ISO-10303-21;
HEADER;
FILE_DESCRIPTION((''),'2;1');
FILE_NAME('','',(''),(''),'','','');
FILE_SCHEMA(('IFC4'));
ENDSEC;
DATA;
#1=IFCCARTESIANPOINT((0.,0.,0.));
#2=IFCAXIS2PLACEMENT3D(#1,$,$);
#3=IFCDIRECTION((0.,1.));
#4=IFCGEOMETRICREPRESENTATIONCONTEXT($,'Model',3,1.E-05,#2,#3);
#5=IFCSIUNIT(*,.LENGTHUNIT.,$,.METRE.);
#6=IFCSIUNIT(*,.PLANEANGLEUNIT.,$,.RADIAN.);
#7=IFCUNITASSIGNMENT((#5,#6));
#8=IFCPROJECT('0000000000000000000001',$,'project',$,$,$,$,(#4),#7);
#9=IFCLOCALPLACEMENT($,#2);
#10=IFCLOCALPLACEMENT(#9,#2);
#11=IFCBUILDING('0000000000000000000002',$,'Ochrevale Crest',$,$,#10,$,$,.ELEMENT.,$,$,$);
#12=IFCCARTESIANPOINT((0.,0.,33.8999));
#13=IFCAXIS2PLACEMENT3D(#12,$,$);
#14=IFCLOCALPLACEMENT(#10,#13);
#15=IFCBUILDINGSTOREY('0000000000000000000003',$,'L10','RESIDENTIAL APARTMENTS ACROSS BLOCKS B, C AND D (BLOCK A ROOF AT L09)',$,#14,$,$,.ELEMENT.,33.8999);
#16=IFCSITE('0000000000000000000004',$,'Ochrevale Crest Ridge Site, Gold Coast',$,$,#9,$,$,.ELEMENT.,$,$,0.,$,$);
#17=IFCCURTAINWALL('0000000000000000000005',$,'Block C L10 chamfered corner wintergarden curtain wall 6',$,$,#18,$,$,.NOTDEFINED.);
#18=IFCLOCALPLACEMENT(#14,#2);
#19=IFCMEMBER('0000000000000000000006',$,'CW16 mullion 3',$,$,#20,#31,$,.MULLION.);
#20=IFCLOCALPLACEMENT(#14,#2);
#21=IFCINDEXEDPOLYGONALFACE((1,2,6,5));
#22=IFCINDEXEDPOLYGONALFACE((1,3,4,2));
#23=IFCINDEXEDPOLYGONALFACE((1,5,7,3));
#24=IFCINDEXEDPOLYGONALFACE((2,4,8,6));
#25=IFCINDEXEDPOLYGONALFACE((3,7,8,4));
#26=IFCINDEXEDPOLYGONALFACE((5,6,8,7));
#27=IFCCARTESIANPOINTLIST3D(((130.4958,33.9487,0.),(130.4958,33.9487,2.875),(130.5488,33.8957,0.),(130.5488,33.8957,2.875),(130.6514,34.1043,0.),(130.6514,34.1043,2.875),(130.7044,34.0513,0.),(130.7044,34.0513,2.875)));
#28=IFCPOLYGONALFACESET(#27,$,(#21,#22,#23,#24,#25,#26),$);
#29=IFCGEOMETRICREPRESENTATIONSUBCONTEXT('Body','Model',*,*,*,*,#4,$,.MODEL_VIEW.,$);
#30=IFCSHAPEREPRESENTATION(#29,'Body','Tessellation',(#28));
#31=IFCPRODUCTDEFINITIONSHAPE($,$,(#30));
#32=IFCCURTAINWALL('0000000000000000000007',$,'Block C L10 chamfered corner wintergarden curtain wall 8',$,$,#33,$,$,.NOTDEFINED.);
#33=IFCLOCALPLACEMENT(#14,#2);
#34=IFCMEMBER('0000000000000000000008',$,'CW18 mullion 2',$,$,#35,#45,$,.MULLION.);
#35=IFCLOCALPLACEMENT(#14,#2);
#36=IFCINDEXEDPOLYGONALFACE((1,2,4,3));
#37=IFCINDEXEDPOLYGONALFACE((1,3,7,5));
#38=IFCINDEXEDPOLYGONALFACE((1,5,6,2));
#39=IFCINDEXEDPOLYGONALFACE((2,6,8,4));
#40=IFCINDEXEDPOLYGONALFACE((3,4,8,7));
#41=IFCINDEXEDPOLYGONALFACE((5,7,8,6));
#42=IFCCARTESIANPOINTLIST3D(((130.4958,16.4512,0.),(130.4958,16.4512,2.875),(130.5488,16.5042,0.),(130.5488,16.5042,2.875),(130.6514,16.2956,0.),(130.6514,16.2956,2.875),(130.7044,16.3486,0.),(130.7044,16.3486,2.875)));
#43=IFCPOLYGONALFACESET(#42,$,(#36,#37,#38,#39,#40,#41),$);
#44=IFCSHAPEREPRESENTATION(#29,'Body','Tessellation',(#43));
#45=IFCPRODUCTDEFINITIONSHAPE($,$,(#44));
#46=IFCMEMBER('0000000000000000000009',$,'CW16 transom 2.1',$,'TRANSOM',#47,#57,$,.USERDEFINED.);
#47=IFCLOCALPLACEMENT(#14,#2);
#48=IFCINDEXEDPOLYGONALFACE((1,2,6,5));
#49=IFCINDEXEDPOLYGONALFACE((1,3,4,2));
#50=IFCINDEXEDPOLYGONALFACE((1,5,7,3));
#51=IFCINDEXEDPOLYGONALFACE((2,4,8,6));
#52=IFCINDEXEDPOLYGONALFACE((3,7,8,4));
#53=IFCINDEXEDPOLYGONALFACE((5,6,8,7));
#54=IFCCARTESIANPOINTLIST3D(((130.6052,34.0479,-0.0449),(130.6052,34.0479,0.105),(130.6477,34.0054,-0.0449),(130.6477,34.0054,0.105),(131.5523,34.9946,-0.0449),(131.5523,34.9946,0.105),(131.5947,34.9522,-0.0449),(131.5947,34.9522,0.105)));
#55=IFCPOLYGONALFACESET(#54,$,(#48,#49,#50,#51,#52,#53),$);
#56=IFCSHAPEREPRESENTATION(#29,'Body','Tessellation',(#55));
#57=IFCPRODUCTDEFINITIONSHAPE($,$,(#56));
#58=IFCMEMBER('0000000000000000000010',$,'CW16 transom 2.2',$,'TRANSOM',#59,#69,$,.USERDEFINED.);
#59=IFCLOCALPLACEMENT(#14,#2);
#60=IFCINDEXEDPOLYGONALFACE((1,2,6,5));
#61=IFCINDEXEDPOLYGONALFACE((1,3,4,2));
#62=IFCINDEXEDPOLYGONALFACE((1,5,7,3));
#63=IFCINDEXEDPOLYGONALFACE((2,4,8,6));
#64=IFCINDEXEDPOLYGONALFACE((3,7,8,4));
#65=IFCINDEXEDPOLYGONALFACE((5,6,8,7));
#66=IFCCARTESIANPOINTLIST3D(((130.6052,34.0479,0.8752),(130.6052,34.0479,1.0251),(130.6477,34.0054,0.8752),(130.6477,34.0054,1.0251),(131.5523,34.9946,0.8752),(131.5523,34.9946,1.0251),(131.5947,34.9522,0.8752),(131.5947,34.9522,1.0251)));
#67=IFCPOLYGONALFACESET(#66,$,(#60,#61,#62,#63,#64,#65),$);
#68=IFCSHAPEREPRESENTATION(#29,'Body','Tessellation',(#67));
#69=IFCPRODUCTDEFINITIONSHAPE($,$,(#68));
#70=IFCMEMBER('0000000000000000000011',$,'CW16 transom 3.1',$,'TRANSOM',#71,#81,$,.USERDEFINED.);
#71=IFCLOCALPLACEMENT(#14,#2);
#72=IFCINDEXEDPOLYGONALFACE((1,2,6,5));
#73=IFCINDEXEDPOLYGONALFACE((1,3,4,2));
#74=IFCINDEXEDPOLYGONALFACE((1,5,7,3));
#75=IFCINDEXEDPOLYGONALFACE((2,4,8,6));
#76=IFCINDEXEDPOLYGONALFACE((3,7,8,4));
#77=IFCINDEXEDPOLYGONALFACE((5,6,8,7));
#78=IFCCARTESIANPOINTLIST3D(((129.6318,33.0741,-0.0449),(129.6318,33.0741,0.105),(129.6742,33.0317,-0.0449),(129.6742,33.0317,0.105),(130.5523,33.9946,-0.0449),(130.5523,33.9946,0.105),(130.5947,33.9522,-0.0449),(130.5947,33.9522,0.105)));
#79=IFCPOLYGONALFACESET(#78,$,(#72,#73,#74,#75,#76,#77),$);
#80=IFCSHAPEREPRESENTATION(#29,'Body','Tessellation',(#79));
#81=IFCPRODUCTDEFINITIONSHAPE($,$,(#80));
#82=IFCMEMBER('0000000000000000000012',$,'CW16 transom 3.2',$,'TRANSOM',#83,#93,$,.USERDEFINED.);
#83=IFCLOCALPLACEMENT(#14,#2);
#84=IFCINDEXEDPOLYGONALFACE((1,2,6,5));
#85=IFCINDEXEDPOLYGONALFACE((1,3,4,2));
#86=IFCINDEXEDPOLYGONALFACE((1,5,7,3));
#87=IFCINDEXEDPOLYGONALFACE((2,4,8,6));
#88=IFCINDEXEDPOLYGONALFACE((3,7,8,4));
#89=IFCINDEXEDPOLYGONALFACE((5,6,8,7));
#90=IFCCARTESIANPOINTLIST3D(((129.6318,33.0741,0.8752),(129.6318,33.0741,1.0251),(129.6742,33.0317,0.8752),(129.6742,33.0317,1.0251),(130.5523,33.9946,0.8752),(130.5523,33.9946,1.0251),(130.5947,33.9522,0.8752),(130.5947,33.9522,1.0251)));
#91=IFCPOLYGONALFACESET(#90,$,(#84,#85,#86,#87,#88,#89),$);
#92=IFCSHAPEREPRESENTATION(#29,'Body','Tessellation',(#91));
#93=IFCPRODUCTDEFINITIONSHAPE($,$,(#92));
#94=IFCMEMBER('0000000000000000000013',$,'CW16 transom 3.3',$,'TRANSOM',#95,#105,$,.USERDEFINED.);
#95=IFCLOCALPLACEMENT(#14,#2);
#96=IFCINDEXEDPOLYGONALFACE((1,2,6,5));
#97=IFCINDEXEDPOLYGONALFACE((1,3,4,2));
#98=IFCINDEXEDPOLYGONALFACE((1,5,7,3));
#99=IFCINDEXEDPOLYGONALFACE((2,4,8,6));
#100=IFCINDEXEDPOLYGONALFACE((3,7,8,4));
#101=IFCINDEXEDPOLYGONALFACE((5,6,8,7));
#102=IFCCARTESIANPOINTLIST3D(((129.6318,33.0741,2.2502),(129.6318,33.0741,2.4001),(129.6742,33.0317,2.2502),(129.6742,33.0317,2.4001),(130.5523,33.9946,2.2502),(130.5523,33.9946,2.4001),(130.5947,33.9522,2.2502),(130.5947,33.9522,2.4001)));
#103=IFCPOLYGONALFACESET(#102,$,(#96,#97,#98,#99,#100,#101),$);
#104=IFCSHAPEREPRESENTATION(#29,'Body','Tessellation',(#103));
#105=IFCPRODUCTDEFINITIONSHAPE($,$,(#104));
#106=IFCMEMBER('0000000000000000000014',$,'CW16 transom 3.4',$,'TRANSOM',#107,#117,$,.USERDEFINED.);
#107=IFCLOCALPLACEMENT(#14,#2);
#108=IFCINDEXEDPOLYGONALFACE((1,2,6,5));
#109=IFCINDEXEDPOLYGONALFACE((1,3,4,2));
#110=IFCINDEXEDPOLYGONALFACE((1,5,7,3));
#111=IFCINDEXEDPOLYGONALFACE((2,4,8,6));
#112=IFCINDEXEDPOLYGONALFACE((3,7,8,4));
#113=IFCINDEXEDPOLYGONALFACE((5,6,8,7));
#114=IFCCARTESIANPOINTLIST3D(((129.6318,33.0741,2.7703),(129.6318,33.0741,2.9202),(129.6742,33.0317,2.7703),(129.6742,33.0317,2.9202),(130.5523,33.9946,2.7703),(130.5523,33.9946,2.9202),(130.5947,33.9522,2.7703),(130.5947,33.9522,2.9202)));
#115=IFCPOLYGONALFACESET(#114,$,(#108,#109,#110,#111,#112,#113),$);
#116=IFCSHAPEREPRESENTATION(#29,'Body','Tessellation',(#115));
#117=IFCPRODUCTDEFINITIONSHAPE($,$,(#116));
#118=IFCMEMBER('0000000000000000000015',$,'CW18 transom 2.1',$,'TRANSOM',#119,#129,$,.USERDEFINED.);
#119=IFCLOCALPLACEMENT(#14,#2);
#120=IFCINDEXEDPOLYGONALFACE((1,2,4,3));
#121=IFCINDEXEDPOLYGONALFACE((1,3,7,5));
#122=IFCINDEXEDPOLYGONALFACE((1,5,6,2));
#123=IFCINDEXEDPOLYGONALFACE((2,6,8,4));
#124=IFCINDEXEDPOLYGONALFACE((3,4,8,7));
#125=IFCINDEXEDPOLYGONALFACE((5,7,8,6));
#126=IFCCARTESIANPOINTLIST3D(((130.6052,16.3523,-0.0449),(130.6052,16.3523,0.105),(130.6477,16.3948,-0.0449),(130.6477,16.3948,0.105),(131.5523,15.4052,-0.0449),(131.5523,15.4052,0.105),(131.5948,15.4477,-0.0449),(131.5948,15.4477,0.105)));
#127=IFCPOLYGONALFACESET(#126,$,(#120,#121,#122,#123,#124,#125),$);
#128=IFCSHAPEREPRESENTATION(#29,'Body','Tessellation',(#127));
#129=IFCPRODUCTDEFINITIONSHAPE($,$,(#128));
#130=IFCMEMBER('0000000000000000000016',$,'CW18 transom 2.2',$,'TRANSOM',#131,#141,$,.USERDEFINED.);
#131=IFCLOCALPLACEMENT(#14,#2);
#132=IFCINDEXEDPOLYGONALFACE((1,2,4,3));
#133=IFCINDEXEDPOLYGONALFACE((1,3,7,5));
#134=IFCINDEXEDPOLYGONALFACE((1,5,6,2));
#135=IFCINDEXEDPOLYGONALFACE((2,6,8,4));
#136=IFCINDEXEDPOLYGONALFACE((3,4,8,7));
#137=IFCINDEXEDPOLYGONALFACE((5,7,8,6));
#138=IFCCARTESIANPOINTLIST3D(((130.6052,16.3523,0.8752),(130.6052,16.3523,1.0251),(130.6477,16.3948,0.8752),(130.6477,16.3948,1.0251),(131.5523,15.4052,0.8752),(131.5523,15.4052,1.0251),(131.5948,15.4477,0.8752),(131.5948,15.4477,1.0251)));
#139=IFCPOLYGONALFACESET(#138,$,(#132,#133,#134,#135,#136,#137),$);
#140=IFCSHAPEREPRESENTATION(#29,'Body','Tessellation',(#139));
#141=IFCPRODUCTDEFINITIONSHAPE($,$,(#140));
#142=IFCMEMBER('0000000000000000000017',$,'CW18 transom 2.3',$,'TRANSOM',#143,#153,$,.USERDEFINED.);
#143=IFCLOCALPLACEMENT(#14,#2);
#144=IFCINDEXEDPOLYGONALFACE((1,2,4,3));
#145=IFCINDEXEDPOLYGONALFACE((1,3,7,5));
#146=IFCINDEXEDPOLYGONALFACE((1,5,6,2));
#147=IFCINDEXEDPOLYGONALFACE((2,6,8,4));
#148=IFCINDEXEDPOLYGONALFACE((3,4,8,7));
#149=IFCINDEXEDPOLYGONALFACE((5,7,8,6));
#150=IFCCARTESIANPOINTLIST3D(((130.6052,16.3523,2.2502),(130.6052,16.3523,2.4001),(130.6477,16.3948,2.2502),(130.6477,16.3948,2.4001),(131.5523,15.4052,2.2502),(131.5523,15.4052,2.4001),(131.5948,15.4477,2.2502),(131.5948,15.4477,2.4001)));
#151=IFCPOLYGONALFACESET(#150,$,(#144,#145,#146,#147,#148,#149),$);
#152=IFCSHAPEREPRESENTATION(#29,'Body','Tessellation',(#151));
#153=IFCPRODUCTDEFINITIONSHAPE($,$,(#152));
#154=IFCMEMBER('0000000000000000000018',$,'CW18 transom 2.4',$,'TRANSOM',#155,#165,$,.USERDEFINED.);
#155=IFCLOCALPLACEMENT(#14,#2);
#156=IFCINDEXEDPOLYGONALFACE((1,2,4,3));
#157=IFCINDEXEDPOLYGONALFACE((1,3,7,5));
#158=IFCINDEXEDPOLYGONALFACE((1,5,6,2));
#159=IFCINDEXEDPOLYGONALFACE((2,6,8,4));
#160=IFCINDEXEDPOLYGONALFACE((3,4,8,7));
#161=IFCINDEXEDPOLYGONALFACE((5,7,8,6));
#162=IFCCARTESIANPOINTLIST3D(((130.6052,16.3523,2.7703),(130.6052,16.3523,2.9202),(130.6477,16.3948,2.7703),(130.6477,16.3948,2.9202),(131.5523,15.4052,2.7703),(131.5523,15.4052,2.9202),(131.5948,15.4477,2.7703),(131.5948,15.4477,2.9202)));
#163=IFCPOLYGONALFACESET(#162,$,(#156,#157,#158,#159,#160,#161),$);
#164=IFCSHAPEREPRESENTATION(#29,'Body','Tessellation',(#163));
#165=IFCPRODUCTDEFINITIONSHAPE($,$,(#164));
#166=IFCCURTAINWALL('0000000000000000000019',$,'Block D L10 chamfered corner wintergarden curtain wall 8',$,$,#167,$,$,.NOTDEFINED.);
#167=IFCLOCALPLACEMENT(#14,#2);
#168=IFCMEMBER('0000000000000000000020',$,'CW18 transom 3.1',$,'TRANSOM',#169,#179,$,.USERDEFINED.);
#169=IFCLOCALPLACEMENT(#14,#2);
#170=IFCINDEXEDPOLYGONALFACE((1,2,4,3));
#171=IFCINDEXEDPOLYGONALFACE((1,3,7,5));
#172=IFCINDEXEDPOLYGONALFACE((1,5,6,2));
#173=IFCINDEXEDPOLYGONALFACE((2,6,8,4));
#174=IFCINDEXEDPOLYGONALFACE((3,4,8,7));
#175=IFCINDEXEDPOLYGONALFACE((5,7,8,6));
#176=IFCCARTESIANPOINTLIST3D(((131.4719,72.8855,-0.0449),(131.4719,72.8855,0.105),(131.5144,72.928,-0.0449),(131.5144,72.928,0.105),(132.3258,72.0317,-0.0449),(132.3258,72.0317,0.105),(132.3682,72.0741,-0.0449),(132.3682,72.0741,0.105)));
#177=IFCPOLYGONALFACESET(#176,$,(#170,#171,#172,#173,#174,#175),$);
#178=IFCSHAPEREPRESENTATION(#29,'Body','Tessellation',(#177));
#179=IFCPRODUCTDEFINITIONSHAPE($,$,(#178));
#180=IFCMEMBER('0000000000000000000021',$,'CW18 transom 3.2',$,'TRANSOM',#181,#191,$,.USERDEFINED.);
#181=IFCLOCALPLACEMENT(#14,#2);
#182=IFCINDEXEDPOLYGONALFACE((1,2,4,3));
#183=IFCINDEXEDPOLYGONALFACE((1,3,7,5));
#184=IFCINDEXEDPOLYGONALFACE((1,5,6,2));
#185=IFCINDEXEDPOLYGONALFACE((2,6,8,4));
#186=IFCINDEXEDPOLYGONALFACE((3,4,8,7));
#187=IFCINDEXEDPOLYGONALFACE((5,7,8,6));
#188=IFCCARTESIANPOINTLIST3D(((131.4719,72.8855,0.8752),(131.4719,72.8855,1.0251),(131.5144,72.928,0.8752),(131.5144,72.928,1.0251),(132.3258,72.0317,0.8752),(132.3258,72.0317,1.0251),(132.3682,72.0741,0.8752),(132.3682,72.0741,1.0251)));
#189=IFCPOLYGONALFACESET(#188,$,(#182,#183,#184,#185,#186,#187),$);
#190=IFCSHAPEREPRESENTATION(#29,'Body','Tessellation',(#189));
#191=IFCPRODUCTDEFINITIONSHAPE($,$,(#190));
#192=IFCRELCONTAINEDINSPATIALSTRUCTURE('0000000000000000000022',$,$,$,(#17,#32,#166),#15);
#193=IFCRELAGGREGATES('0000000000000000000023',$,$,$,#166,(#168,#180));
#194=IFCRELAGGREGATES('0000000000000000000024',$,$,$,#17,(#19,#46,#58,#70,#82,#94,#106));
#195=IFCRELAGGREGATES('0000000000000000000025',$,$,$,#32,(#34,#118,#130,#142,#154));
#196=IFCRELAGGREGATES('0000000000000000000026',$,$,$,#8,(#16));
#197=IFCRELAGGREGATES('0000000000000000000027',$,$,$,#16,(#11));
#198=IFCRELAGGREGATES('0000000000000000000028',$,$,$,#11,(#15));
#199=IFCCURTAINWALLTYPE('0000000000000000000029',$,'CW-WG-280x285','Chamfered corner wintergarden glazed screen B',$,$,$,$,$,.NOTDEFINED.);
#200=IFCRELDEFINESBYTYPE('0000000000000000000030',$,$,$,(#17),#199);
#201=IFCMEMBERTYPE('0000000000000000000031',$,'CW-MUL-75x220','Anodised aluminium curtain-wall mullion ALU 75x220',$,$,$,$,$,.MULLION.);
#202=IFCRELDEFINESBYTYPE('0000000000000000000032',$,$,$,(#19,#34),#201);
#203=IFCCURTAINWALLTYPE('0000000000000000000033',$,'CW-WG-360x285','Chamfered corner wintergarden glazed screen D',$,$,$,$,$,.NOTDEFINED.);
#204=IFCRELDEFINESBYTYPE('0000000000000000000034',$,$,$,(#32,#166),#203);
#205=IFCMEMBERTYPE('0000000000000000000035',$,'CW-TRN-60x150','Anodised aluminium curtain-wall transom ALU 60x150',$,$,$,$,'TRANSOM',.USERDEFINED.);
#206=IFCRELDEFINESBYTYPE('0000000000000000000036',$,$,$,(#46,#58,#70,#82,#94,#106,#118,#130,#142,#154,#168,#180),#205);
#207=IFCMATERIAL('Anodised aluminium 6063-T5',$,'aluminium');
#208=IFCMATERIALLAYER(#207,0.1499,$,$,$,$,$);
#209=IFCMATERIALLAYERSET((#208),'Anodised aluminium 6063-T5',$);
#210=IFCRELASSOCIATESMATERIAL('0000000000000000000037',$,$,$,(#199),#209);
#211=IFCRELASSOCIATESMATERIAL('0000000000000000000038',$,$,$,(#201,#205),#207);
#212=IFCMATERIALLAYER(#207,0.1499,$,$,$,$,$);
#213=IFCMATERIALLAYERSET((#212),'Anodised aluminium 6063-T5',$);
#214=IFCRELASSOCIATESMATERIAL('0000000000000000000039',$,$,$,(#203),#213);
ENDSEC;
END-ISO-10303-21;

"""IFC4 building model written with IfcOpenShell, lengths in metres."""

from ifc_helpers import new_model, si_unit, direction, frame, origin, origin_2d, place, context, subcontext, project, spatial, rectangle, extrude, material, layer, layer_set, material_profile, profile_set, type_object, element, aggregate, save


model = new_model("IFC4")

# Units and contexts
model_context = context("Model", 3, precision=1e-05, world=origin(), true_north=direction((0.0, 1.0)))
body_context = subcontext(model_context, "Body", "Model", "MODEL_VIEW")
ifc_project = project(units=[si_unit("LENGTHUNIT", "METRE"), si_unit("PLANEANGLEUNIT", "RADIAN")], contexts=[model_context])

# Site, building, storey
site_placement = place(None, origin())
site = spatial("IfcSite", under=ifc_project, at=site_placement, Name="Ochrevale Crest Ridge Site, Gold Coast", CompositionType="ELEMENT", RefElevation=0.0)
building_placement = place(site_placement, origin())
building = spatial("IfcBuilding", under=site, at=building_placement, Name="Ochrevale Crest", CompositionType="ELEMENT")
storey_placement = place(building_placement, frame((0.0, 0.0, 33.8999)))
storey = spatial("IfcBuildingStorey", under=building, at=storey_placement, Name="L10", Description="RESIDENTIAL APARTMENTS ACROSS BLOCKS B, C AND D (BLOCK A ROOF AT L09)", CompositionType="ELEMENT", Elevation=33.8999)

# Curtain walls, members
ifc_material_1 = material(Name="Anodised aluminium 6063-T5", Category="aluminium")
ifc_layer_1 = layer(ifc_material_1, 0.1499)
ifc_layer_set_1 = layer_set([ifc_layer_1], Name="Anodised aluminium 6063-T5")
curtain_wall_type_1 = type_object("IfcCurtainWallType", Name="CW-WG-280x285", Description="Chamfered corner wintergarden glazed screen B", PredefinedType="NOTDEFINED", material=ifc_layer_set_1)
curtain_wall_1_placement = place(storey_placement, origin())
curtain_wall_1 = element("IfcCurtainWall", 1, at=curtain_wall_1_placement, inside=storey, type_object=curtain_wall_type_1, Name="Block C L10 chamfered corner wintergarden curtain wall 6", PredefinedType="NOTDEFINED")
ifc_material_profile_1 = material_profile(ifc_material_1, rectangle(XDim=0.075, YDim=0.22, at=origin_2d()), Name="ALU 75x220")
ifc_profile_set_1 = profile_set([ifc_material_profile_1], Name="Anodised aluminium 6063-T5")
member_type_1 = type_object("IfcMemberType", Name="CW-MUL-75x220", Description="Anodised aluminium curtain-wall mullion ALU 75x220", PredefinedType="MULLION", material=ifc_profile_set_1)
member_1_placement = place(storey_placement, frame((130.6001, 34.0, 0.0), z_axis=(0.0, 0.0, 1.0), x_axis=(0.707107, -0.707107, 0.0)))
member_1 = element("IfcMember", 2, at=member_1_placement, type_object=member_type_1, Name="CW16 mullion 3", PredefinedType="MULLION", context=body_context, shape_type="SweptSolid", body=[
    extrude(rectangle(XDim=0.075, YDim=0.22, at=origin_2d()), origin(), (0.0, 0.0, 1.0), 2.875),
])
ifc_layer_2 = layer(ifc_material_1, 0.1499)
ifc_layer_set_2 = layer_set([ifc_layer_2], Name="Anodised aluminium 6063-T5")
curtain_wall_type_2 = type_object("IfcCurtainWallType", Name="CW-WG-360x285", Description="Chamfered corner wintergarden glazed screen D", PredefinedType="NOTDEFINED", material=ifc_layer_set_2)
curtain_wall_2_placement = place(storey_placement, origin())
curtain_wall_2 = element("IfcCurtainWall", 3, at=curtain_wall_2_placement, inside=storey, type_object=curtain_wall_type_2, Name="Block C L10 chamfered corner wintergarden curtain wall 8", PredefinedType="NOTDEFINED")
member_2_placement = place(storey_placement, frame((130.6001, 16.3999, 0.0), z_axis=(0.0, 0.0, 1.0), x_axis=(0.707107, 0.707107, 0.0)))
member_2 = element("IfcMember", 4, at=member_2_placement, type_object=member_type_1, Name="CW18 mullion 2", PredefinedType="MULLION", context=body_context, shape_type="SweptSolid", body=[
    extrude(rectangle(XDim=0.075, YDim=0.22, at=origin_2d()), origin(), (0.0, 0.0, 1.0), 2.875),
])

# Members
ifc_material_profile_2 = material_profile(ifc_material_1, rectangle(XDim=0.0601, YDim=0.1499, at=origin_2d()), Name="ALU 60x150")
ifc_profile_set_2 = profile_set([ifc_material_profile_2], Name="Anodised aluminium 6063-T5")
member_type_2 = type_object("IfcMemberType", Name="CW-TRN-60x150", Description="Anodised aluminium curtain-wall transom ALU 60x150", ElementType="TRANSOM", PredefinedType="USERDEFINED", material=ifc_profile_set_2)
member_3_placement = place(storey_placement, frame((131.5735, 34.9734, 0.03), z_axis=(-0.707198, -0.707016, 0.0), x_axis=(0.707016, -0.707198, 0.0)))
member_3 = element("IfcMember", 5, at=member_3_placement, type_object=member_type_2, Name="CW16 transom 2.1", ObjectType="TRANSOM", PredefinedType="USERDEFINED", context=body_context, shape_type="SweptSolid", body=[
    extrude(rectangle(XDim=0.0601, YDim=0.1499, at=origin_2d()), origin(), (0.0, 0.0, 1.0), 1.3391),
])
member_4_placement = place(storey_placement, frame((131.5735, 34.9734, 0.9502), z_axis=(-0.707198, -0.707016, 0.0), x_axis=(0.707016, -0.707198, 0.0)))
member_4 = element("IfcMember", 6, at=member_4_placement, type_object=member_type_2, Name="CW16 transom 2.2", ObjectType="TRANSOM", PredefinedType="USERDEFINED", context=body_context, shape_type="SweptSolid", body=[
    extrude(rectangle(XDim=0.0601, YDim=0.1499, at=origin_2d()), origin(), (0.0, 0.0, 1.0), 1.3391),
])
member_5_placement = place(storey_placement, frame((130.5735, 33.9734, 0.03), z_axis=(-0.707107, -0.707107, 0.0), x_axis=(0.707107, -0.707107, 0.0)))
member_5 = element("IfcMember", 7, at=member_5_placement, type_object=member_type_2, Name="CW16 transom 3.1", ObjectType="TRANSOM", PredefinedType="USERDEFINED", context=body_context, shape_type="SweptSolid", body=[
    extrude(rectangle(XDim=0.0601, YDim=0.1499, at=origin_2d()), origin(), (0.0, 0.0, 1.0), 1.3018),
])
member_6_placement = place(storey_placement, frame((130.5735, 33.9734, 0.9502), z_axis=(-0.707107, -0.707107, 0.0), x_axis=(0.707107, -0.707107, 0.0)))
member_6 = element("IfcMember", 8, at=member_6_placement, type_object=member_type_2, Name="CW16 transom 3.2", ObjectType="TRANSOM", PredefinedType="USERDEFINED", context=body_context, shape_type="SweptSolid", body=[
    extrude(rectangle(XDim=0.0601, YDim=0.1499, at=origin_2d()), origin(), (0.0, 0.0, 1.0), 1.3018),
])
member_7_placement = place(storey_placement, frame((130.5735, 33.9734, 2.3252), z_axis=(-0.707107, -0.707107, 0.0), x_axis=(0.707107, -0.707107, 0.0)))
member_7 = element("IfcMember", 9, at=member_7_placement, type_object=member_type_2, Name="CW16 transom 3.3", ObjectType="TRANSOM", PredefinedType="USERDEFINED", context=body_context, shape_type="SweptSolid", body=[
    extrude(rectangle(XDim=0.0601, YDim=0.1499, at=origin_2d()), origin(), (0.0, 0.0, 1.0), 1.3018),
])
member_8_placement = place(storey_placement, frame((130.5735, 33.9734, 2.8452), z_axis=(-0.707107, -0.707107, 0.0), x_axis=(0.707107, -0.707107, 0.0)))
member_8 = element("IfcMember", 10, at=member_8_placement, type_object=member_type_2, Name="CW16 transom 3.4", ObjectType="TRANSOM", PredefinedType="USERDEFINED", context=body_context, shape_type="SweptSolid", body=[
    extrude(rectangle(XDim=0.0601, YDim=0.1499, at=origin_2d()), origin(), (0.0, 0.0, 1.0), 1.3018),
])
member_9_placement = place(storey_placement, frame((130.6265, 16.3735, 0.03), z_axis=(0.707107, -0.707107, 0.0), x_axis=(0.707107, 0.707107, 0.0)))
member_9 = element("IfcMember", 11, at=member_9_placement, type_object=member_type_2, Name="CW18 transom 2.1", ObjectType="TRANSOM", PredefinedType="USERDEFINED", context=body_context, shape_type="SweptSolid", body=[
    extrude(rectangle(XDim=0.0601, YDim=0.1499, at=origin_2d()), origin(), (0.0, 0.0, 1.0), 1.3394),
])
member_10_placement = place(storey_placement, frame((130.6265, 16.3735, 0.9502), z_axis=(0.707107, -0.707107, 0.0), x_axis=(0.707107, 0.707107, 0.0)))
member_10 = element("IfcMember", 12, at=member_10_placement, type_object=member_type_2, Name="CW18 transom 2.2", ObjectType="TRANSOM", PredefinedType="USERDEFINED", context=body_context, shape_type="SweptSolid", body=[
    extrude(rectangle(XDim=0.0601, YDim=0.1499, at=origin_2d()), origin(), (0.0, 0.0, 1.0), 1.3394),
])
member_11_placement = place(storey_placement, frame((130.6265, 16.3735, 2.3252), z_axis=(0.707107, -0.707107, 0.0), x_axis=(0.707107, 0.707107, 0.0)))
member_11 = element("IfcMember", 13, at=member_11_placement, type_object=member_type_2, Name="CW18 transom 2.3", ObjectType="TRANSOM", PredefinedType="USERDEFINED", context=body_context, shape_type="SweptSolid", body=[
    extrude(rectangle(XDim=0.0601, YDim=0.1499, at=origin_2d()), origin(), (0.0, 0.0, 1.0), 1.3394),
])
member_12_placement = place(storey_placement, frame((130.6265, 16.3735, 2.8452), z_axis=(0.707107, -0.707107, 0.0), x_axis=(0.707107, 0.707107, 0.0)))
member_12 = element("IfcMember", 14, at=member_12_placement, type_object=member_type_2, Name="CW18 transom 2.4", ObjectType="TRANSOM", PredefinedType="USERDEFINED", context=body_context, shape_type="SweptSolid", body=[
    extrude(rectangle(XDim=0.0601, YDim=0.1499, at=origin_2d()), origin(), (0.0, 0.0, 1.0), 1.3394),
])

# Curtain wall, members
curtain_wall_3_placement = place(storey_placement, origin())
curtain_wall_3 = element("IfcCurtainWall", 15, at=curtain_wall_3_placement, inside=storey, type_object=curtain_wall_type_2, Name="Block D L10 chamfered corner wintergarden curtain wall 8", PredefinedType="NOTDEFINED")
member_13_placement = place(storey_placement, frame((131.4932, 72.9067, 0.03), z_axis=(0.707107, -0.707107, 0.0), x_axis=(0.707107, 0.707107, 0.0)))
member_13 = element("IfcMember", 16, at=member_13_placement, type_object=member_type_2, Name="CW18 transom 3.1", ObjectType="TRANSOM", PredefinedType="USERDEFINED", context=body_context, shape_type="SweptSolid", body=[
    extrude(rectangle(XDim=0.0601, YDim=0.1499, at=origin_2d()), origin(), (0.0, 0.0, 1.0), 1.2075),
])
member_14_placement = place(storey_placement, frame((131.4932, 72.9067, 0.9502), z_axis=(0.707107, -0.707107, 0.0), x_axis=(0.707107, 0.707107, 0.0)))
member_14 = element("IfcMember", 17, at=member_14_placement, type_object=member_type_2, Name="CW18 transom 3.2", ObjectType="TRANSOM", PredefinedType="USERDEFINED", context=body_context, shape_type="SweptSolid", body=[
    extrude(rectangle(XDim=0.0601, YDim=0.1499, at=origin_2d()), origin(), (0.0, 0.0, 1.0), 1.2075),
])
aggregate(curtain_wall_3, [member_13, member_14])

aggregate(curtain_wall_1, [member_1, member_3, member_4, member_5, member_6, member_7, member_8])
aggregate(curtain_wall_2, [member_2, member_9, member_10, member_11, member_12])

save(model, "model.ifc")
